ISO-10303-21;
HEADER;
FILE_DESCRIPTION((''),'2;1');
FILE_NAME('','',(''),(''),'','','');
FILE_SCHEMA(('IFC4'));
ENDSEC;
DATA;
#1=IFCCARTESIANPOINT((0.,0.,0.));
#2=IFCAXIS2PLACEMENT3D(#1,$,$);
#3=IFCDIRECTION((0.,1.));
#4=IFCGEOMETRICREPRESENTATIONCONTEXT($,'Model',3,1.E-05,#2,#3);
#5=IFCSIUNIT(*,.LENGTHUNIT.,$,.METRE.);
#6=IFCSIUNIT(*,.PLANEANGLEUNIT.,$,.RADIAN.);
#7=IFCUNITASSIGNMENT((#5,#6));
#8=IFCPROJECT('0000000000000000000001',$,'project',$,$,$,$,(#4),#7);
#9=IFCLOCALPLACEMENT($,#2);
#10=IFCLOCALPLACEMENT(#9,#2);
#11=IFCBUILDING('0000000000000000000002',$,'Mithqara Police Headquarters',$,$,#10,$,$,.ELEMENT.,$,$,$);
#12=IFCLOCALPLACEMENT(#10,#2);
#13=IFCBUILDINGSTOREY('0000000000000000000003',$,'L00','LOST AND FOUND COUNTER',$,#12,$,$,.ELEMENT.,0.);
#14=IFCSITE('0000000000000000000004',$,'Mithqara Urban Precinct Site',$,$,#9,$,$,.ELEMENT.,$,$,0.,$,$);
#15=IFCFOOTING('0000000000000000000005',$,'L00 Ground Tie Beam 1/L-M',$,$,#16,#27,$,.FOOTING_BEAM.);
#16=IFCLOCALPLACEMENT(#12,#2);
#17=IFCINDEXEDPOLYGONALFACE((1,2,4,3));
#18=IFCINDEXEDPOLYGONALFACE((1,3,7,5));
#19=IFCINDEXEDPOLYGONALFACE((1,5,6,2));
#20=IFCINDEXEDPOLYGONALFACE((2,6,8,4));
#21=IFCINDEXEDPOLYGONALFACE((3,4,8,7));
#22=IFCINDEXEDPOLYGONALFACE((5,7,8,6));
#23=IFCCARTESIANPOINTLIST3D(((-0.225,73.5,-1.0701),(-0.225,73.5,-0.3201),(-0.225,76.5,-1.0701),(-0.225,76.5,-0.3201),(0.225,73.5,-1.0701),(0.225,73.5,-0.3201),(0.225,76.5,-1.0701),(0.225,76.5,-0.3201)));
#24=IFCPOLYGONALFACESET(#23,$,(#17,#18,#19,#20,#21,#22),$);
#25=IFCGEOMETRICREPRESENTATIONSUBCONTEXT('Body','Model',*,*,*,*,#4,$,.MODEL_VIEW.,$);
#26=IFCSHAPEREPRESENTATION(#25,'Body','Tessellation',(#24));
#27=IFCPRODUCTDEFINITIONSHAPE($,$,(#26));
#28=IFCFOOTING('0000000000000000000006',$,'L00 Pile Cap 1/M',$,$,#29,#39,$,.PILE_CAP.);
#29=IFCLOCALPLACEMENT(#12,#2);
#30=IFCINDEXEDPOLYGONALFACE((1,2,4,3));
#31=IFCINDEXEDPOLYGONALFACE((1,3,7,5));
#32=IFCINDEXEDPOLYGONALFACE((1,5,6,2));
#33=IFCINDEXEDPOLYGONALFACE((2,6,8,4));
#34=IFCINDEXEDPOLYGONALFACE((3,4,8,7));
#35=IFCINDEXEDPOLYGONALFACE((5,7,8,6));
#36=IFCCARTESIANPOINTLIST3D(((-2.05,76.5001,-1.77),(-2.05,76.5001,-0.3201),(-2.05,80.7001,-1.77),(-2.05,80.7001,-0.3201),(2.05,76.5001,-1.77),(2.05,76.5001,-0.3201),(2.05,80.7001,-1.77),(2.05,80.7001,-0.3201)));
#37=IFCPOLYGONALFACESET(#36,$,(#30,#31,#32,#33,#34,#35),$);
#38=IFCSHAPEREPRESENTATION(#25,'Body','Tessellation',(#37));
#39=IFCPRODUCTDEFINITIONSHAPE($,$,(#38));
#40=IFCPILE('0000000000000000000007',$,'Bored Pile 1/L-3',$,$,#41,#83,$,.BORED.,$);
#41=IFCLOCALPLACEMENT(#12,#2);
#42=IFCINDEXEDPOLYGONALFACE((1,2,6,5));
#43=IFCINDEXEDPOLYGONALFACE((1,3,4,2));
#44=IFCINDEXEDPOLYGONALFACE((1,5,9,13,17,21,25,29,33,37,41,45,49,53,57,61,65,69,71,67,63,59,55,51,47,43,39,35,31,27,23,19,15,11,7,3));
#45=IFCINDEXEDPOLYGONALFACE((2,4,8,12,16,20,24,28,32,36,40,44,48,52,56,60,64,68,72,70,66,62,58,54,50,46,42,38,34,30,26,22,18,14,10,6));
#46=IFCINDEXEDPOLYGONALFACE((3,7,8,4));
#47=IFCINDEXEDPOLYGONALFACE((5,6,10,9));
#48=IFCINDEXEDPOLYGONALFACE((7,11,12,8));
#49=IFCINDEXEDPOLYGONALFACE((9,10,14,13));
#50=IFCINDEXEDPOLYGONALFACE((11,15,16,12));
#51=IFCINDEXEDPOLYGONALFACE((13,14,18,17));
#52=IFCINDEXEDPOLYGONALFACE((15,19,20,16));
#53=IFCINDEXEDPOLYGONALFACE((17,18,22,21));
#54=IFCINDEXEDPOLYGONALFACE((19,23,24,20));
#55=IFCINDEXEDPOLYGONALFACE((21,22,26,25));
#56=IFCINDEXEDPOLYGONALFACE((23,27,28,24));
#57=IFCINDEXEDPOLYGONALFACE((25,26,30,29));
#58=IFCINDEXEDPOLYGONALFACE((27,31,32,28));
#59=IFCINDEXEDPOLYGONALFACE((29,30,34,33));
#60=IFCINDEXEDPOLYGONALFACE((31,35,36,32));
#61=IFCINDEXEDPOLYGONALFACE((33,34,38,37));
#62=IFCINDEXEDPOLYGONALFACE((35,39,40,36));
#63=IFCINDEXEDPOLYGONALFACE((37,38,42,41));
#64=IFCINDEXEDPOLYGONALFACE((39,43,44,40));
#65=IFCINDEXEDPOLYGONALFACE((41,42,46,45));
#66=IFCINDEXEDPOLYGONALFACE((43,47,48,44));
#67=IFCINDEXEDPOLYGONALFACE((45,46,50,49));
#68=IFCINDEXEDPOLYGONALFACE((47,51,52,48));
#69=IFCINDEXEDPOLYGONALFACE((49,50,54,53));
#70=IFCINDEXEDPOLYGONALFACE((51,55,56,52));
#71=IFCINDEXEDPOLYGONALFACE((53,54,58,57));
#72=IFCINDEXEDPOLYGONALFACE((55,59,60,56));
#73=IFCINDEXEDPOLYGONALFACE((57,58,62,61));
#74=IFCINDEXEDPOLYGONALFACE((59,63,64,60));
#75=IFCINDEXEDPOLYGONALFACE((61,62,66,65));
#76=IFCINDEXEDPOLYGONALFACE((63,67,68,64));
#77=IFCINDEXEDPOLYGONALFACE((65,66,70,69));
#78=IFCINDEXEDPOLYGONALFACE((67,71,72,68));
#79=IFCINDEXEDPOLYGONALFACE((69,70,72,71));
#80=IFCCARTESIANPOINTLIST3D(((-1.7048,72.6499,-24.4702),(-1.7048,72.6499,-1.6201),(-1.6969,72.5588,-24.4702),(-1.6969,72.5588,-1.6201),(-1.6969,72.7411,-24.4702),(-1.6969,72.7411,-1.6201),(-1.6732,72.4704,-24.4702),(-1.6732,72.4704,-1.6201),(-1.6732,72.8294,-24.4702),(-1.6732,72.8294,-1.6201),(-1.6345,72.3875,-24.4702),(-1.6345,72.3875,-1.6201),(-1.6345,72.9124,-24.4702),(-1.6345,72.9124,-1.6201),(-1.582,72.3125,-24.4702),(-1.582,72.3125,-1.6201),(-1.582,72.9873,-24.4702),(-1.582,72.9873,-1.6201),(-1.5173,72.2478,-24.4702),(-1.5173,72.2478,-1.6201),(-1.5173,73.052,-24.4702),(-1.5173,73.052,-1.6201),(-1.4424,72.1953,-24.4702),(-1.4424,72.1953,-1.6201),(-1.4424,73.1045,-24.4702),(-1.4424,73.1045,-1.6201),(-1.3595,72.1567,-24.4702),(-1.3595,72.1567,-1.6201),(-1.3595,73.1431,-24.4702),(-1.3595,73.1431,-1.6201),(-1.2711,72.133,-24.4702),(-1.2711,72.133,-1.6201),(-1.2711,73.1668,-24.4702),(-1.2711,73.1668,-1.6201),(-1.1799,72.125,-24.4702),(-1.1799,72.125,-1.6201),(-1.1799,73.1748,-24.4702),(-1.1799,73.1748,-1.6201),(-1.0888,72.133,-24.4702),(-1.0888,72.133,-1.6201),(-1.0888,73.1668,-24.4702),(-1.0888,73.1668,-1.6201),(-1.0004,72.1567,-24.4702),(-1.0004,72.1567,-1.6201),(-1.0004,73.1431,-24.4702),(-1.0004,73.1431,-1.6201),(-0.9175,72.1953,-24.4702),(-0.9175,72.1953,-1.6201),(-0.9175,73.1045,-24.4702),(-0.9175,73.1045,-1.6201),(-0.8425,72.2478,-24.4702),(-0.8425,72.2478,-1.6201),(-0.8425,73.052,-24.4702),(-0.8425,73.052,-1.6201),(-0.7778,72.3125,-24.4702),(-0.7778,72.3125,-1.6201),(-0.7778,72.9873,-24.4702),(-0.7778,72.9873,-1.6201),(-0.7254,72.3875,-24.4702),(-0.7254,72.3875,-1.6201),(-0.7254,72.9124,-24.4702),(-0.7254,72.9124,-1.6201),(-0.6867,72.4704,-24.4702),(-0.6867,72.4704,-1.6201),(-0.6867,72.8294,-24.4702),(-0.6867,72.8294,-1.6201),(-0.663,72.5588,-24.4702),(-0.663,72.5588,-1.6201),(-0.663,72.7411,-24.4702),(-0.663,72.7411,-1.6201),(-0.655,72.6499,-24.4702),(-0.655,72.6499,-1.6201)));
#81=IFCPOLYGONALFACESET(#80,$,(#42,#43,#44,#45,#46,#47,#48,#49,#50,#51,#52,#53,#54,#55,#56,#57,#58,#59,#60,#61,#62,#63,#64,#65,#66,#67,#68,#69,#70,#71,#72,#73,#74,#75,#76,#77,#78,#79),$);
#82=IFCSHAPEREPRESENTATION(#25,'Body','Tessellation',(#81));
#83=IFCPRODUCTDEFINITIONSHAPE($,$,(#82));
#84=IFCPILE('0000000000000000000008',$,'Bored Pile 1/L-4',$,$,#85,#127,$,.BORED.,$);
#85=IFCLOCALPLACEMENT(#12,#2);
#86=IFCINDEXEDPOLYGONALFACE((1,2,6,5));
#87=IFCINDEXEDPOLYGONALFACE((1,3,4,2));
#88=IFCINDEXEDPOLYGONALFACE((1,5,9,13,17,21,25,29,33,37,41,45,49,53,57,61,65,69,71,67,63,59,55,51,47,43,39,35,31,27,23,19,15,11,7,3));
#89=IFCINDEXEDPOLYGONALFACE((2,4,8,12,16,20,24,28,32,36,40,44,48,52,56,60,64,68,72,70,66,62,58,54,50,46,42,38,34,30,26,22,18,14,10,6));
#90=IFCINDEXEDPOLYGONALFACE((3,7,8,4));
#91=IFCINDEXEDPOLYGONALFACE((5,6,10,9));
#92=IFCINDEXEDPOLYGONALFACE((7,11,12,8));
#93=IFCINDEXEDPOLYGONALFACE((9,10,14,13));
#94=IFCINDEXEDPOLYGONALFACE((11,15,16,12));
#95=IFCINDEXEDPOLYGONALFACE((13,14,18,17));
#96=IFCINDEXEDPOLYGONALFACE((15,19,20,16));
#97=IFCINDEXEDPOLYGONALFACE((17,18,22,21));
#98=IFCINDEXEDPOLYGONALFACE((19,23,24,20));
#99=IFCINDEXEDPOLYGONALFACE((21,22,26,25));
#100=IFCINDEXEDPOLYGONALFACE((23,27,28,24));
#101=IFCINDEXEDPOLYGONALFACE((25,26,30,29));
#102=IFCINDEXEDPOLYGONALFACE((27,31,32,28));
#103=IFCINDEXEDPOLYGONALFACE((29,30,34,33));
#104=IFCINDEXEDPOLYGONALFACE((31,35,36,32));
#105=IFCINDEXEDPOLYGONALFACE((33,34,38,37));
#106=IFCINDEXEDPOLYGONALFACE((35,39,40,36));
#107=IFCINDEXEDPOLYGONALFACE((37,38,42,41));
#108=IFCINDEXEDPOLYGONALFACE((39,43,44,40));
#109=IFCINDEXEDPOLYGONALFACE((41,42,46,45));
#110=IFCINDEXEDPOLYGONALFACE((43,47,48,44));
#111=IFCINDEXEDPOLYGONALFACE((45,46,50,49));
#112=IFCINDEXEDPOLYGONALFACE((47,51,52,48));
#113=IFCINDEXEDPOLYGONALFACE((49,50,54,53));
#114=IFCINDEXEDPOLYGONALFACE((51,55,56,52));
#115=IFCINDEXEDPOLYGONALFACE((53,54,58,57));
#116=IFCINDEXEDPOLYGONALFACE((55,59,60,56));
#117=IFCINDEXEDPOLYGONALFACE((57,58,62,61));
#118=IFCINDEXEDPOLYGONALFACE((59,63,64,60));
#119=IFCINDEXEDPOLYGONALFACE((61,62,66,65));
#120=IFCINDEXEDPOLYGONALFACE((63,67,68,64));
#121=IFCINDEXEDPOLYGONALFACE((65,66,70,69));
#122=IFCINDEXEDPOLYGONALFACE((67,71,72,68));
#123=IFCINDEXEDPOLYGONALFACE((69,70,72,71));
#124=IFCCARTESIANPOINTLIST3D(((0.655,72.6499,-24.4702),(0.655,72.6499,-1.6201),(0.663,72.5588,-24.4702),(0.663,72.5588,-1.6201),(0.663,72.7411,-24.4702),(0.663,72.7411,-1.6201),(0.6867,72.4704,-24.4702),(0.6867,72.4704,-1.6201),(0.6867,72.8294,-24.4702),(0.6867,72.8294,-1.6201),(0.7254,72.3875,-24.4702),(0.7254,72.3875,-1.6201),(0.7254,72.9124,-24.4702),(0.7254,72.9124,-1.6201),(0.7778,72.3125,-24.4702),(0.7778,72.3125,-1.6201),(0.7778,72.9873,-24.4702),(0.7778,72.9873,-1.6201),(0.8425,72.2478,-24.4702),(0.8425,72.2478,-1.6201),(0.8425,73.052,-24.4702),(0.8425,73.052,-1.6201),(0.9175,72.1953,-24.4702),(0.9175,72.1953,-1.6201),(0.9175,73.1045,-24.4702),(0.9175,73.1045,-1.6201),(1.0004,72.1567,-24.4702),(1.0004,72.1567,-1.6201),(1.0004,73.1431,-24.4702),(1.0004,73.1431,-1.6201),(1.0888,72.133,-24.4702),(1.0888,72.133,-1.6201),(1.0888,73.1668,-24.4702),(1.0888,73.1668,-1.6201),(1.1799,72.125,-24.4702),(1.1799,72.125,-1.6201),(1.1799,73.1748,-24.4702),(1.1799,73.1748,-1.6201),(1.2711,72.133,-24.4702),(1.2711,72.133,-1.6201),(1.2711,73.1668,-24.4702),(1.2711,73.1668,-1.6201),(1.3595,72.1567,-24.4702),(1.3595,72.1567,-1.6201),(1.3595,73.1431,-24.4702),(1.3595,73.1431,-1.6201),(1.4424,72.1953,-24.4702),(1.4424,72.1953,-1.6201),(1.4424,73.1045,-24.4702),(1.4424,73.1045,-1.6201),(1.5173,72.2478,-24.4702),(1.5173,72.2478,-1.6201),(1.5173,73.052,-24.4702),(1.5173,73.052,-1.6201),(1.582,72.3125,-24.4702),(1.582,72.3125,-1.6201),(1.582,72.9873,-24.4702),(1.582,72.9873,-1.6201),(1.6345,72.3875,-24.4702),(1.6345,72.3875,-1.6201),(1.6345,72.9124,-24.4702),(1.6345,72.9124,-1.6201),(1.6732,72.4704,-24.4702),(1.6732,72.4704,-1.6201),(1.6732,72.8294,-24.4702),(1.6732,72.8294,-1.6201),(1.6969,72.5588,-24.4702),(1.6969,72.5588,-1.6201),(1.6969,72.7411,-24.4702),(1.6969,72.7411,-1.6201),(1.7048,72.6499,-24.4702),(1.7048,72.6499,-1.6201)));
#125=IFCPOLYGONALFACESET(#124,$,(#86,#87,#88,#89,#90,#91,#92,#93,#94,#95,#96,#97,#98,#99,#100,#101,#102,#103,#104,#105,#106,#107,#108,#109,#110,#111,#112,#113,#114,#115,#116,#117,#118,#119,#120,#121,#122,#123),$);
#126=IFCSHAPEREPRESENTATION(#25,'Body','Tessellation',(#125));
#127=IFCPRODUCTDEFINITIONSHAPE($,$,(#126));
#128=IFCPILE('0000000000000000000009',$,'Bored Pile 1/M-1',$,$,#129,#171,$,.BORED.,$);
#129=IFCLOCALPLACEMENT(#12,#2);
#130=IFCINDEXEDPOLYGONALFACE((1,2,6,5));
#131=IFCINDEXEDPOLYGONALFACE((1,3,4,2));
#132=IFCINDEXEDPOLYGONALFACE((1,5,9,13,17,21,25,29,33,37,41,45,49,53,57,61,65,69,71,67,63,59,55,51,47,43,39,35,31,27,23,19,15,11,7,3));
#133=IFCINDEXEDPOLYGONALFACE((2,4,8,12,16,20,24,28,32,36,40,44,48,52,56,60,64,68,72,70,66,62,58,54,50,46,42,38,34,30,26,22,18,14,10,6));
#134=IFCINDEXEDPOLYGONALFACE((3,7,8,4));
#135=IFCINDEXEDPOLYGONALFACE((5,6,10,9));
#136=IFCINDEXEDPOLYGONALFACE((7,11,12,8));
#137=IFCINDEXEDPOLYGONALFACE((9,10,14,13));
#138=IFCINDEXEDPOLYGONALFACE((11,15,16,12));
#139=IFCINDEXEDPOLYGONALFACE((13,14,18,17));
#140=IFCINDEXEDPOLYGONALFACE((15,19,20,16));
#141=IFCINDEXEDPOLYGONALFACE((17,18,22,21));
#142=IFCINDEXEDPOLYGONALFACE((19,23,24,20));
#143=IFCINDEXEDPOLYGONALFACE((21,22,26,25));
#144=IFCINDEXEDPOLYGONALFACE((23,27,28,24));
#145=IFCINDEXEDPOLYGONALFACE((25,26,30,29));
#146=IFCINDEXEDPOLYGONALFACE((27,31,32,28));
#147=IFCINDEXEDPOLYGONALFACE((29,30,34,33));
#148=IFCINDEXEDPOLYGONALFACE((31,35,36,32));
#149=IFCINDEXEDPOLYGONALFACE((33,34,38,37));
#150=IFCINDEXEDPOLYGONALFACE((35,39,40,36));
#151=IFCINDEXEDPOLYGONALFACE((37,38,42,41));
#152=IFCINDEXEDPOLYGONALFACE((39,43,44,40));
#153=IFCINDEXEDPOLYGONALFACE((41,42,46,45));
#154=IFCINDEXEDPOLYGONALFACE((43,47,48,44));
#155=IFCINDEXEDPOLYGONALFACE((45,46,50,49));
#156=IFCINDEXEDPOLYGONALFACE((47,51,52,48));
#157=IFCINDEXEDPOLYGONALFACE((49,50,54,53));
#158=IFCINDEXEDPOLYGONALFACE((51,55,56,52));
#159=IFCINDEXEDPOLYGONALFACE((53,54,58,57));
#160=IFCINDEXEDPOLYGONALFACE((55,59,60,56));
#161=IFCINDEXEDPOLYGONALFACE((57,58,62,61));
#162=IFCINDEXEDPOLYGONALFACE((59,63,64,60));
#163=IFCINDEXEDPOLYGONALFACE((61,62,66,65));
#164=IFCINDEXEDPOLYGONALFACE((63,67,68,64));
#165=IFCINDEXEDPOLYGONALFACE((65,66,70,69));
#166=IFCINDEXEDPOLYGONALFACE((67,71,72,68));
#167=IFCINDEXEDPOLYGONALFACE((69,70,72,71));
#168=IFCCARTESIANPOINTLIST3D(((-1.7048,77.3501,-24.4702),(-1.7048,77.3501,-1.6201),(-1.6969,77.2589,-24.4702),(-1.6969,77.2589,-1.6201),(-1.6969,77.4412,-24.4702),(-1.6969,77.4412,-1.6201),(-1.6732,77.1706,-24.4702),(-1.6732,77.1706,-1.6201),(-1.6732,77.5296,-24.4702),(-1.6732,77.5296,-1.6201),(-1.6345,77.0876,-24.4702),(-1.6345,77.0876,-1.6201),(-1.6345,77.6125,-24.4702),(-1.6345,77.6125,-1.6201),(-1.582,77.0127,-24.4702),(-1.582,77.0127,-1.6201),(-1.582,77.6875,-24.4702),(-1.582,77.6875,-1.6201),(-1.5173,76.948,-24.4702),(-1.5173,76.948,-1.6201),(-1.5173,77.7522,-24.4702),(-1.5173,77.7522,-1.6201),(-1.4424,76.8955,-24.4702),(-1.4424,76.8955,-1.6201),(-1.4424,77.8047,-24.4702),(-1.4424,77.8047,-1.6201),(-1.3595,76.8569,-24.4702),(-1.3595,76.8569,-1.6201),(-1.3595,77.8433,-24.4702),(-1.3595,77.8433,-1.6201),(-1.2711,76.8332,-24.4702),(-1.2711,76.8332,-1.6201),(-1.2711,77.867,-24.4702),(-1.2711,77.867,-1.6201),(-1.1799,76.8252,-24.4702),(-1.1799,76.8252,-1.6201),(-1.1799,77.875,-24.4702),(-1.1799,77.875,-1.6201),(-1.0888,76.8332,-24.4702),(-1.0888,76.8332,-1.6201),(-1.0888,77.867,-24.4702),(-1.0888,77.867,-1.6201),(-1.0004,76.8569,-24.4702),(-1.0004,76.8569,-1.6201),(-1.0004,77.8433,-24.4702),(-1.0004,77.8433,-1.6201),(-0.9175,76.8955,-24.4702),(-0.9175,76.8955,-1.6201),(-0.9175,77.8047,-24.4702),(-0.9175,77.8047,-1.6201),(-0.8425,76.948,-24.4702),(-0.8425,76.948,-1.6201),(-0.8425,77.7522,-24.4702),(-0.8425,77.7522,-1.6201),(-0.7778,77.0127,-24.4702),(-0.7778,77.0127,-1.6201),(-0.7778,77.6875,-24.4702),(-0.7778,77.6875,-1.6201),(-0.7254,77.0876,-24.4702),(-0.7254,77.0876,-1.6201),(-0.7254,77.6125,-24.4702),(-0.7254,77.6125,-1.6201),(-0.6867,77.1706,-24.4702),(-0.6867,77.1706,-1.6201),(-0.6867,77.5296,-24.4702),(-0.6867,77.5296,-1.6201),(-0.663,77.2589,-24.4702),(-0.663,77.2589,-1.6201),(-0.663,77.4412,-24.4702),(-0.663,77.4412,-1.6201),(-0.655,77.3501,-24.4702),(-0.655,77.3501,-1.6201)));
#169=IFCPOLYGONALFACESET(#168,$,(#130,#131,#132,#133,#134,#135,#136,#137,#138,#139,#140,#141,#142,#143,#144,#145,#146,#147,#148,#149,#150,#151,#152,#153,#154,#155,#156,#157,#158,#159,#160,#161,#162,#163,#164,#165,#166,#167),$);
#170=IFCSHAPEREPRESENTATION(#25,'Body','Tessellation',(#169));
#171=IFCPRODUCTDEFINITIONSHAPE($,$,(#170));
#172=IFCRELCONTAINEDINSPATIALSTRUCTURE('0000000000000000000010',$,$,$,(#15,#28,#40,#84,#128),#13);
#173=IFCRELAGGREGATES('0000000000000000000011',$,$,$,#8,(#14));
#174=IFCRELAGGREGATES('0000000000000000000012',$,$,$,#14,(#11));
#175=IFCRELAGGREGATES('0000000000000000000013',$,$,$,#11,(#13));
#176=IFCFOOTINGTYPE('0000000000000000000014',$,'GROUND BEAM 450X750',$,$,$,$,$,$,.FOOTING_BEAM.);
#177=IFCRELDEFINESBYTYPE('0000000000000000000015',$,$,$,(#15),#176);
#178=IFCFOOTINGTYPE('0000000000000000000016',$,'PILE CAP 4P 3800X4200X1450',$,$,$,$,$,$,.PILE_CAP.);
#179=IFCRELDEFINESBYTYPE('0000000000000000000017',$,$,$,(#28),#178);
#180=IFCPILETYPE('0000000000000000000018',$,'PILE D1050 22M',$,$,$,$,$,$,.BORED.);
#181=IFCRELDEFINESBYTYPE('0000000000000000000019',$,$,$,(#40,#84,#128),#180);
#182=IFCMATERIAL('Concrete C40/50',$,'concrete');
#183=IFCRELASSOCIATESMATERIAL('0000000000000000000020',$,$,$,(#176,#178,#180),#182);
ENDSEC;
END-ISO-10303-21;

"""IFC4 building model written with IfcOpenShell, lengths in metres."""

from ifc_helpers import new_model, si_unit, direction, frame, origin, origin_2d, place, context, subcontext, project, spatial, rectangle, circle, extrude, material, material_profile, profile_set, type_object, element, save


model = new_model("IFC4")

# Units and contexts
model_context = context("Model", 3, precision=1e-05, world=origin(), true_north=direction((0.0, 1.0)))
body_context = subcontext(model_context, "Body", "Model", "MODEL_VIEW")
ifc_project = project(units=[si_unit("LENGTHUNIT", "METRE"), si_unit("PLANEANGLEUNIT", "RADIAN")], contexts=[model_context])

# Site, building, storey
site_placement = place(None, origin())
site = spatial("IfcSite", under=ifc_project, at=site_placement, Name="Mithqara Urban Precinct Site", CompositionType="ELEMENT", RefElevation=0.0)
building_placement = place(site_placement, origin())
building = spatial("IfcBuilding", under=site, at=building_placement, Name="Mithqara Police Headquarters", CompositionType="ELEMENT")
storey_placement = place(building_placement, origin())
storey = spatial("IfcBuildingStorey", under=building, at=storey_placement, Name="L00", Description="LOST AND FOUND COUNTER", CompositionType="ELEMENT", Elevation=0.0)

# Footings
ifc_material_1 = material(Name="Concrete C40/50", Category="concrete")
footing_type_1 = type_object("IfcFootingType", Name="GROUND BEAM 450X750", PredefinedType="FOOTING_BEAM", material=ifc_material_1)
footing_1_placement = place(storey_placement, frame((0.0, 75.0, -1.0701), z_axis=(0.0, 0.0, 1.0), x_axis=(1.0, 0.0, 0.0)))
element("IfcFooting", 1, at=footing_1_placement, inside=storey, type_object=footing_type_1, Name="L00 Ground Tie Beam 1/L-M", PredefinedType="FOOTING_BEAM", context=body_context, shape_type="SweptSolid", body=[
    extrude(rectangle(XDim=0.45, YDim=3.0, at=origin_2d()), origin(), (0.0, 0.0, 1.0), 0.75),
])
footing_type_2 = type_object("IfcFootingType", Name="PILE CAP 4P 3800X4200X1450", PredefinedType="PILE_CAP", material=ifc_material_1)
footing_2_placement = place(storey_placement, frame((0.0, 78.6001, -1.77), z_axis=(0.0, 0.0, 1.0), x_axis=(1.0, 0.0, 0.0)))
element("IfcFooting", 2, at=footing_2_placement, inside=storey, type_object=footing_type_2, Name="L00 Pile Cap 1/M", PredefinedType="PILE_CAP", context=body_context, shape_type="SweptSolid", body=[
    extrude(rectangle(XDim=4.1001, YDim=4.2, at=origin_2d()), origin(), (0.0, 0.0, 1.0), 1.45),
])

# Piles
ifc_material_profile_1 = material_profile(ifc_material_1, circle(Radius=0.5249, at=origin_2d()), Name="PILE D1050")
ifc_profile_set_1 = profile_set([ifc_material_profile_1], Name="Concrete C40/50")
pile_type = type_object("IfcPileType", Name="PILE D1050 22M", PredefinedType="BORED", material=ifc_profile_set_1)
for number, where, z_axis, x_axis, name in (
    (3, (-1.1799, 72.6499, -1.6201), (0.0, 0.0, -1.0), (1.0, 0.0, 0.0), "Bored Pile 1/L-3"),
    (4, (1.1799, 72.6499, -1.6201), (0.0, 0.0, -1.0), (1.0, 0.0, 0.0), "Bored Pile 1/L-4"),
    (5, (-1.1799, 77.3501, -1.6201), (0.0, 0.0, -1.0), (1.0, 0.0, 0.0), "Bored Pile 1/M-1"),
):
    element("IfcPile", number, at=place(storey_placement, frame(where, z_axis=z_axis, x_axis=x_axis)), inside=storey, type_object=pile_type, Name=name, PredefinedType="BORED", context=body_context, shape_type="SweptSolid", body=[
        extrude(circle(Radius=0.5249, at=origin_2d()), origin(), (0.0, 0.0, 1.0), 22.8501),
    ])

save(model, "model.ifc")
